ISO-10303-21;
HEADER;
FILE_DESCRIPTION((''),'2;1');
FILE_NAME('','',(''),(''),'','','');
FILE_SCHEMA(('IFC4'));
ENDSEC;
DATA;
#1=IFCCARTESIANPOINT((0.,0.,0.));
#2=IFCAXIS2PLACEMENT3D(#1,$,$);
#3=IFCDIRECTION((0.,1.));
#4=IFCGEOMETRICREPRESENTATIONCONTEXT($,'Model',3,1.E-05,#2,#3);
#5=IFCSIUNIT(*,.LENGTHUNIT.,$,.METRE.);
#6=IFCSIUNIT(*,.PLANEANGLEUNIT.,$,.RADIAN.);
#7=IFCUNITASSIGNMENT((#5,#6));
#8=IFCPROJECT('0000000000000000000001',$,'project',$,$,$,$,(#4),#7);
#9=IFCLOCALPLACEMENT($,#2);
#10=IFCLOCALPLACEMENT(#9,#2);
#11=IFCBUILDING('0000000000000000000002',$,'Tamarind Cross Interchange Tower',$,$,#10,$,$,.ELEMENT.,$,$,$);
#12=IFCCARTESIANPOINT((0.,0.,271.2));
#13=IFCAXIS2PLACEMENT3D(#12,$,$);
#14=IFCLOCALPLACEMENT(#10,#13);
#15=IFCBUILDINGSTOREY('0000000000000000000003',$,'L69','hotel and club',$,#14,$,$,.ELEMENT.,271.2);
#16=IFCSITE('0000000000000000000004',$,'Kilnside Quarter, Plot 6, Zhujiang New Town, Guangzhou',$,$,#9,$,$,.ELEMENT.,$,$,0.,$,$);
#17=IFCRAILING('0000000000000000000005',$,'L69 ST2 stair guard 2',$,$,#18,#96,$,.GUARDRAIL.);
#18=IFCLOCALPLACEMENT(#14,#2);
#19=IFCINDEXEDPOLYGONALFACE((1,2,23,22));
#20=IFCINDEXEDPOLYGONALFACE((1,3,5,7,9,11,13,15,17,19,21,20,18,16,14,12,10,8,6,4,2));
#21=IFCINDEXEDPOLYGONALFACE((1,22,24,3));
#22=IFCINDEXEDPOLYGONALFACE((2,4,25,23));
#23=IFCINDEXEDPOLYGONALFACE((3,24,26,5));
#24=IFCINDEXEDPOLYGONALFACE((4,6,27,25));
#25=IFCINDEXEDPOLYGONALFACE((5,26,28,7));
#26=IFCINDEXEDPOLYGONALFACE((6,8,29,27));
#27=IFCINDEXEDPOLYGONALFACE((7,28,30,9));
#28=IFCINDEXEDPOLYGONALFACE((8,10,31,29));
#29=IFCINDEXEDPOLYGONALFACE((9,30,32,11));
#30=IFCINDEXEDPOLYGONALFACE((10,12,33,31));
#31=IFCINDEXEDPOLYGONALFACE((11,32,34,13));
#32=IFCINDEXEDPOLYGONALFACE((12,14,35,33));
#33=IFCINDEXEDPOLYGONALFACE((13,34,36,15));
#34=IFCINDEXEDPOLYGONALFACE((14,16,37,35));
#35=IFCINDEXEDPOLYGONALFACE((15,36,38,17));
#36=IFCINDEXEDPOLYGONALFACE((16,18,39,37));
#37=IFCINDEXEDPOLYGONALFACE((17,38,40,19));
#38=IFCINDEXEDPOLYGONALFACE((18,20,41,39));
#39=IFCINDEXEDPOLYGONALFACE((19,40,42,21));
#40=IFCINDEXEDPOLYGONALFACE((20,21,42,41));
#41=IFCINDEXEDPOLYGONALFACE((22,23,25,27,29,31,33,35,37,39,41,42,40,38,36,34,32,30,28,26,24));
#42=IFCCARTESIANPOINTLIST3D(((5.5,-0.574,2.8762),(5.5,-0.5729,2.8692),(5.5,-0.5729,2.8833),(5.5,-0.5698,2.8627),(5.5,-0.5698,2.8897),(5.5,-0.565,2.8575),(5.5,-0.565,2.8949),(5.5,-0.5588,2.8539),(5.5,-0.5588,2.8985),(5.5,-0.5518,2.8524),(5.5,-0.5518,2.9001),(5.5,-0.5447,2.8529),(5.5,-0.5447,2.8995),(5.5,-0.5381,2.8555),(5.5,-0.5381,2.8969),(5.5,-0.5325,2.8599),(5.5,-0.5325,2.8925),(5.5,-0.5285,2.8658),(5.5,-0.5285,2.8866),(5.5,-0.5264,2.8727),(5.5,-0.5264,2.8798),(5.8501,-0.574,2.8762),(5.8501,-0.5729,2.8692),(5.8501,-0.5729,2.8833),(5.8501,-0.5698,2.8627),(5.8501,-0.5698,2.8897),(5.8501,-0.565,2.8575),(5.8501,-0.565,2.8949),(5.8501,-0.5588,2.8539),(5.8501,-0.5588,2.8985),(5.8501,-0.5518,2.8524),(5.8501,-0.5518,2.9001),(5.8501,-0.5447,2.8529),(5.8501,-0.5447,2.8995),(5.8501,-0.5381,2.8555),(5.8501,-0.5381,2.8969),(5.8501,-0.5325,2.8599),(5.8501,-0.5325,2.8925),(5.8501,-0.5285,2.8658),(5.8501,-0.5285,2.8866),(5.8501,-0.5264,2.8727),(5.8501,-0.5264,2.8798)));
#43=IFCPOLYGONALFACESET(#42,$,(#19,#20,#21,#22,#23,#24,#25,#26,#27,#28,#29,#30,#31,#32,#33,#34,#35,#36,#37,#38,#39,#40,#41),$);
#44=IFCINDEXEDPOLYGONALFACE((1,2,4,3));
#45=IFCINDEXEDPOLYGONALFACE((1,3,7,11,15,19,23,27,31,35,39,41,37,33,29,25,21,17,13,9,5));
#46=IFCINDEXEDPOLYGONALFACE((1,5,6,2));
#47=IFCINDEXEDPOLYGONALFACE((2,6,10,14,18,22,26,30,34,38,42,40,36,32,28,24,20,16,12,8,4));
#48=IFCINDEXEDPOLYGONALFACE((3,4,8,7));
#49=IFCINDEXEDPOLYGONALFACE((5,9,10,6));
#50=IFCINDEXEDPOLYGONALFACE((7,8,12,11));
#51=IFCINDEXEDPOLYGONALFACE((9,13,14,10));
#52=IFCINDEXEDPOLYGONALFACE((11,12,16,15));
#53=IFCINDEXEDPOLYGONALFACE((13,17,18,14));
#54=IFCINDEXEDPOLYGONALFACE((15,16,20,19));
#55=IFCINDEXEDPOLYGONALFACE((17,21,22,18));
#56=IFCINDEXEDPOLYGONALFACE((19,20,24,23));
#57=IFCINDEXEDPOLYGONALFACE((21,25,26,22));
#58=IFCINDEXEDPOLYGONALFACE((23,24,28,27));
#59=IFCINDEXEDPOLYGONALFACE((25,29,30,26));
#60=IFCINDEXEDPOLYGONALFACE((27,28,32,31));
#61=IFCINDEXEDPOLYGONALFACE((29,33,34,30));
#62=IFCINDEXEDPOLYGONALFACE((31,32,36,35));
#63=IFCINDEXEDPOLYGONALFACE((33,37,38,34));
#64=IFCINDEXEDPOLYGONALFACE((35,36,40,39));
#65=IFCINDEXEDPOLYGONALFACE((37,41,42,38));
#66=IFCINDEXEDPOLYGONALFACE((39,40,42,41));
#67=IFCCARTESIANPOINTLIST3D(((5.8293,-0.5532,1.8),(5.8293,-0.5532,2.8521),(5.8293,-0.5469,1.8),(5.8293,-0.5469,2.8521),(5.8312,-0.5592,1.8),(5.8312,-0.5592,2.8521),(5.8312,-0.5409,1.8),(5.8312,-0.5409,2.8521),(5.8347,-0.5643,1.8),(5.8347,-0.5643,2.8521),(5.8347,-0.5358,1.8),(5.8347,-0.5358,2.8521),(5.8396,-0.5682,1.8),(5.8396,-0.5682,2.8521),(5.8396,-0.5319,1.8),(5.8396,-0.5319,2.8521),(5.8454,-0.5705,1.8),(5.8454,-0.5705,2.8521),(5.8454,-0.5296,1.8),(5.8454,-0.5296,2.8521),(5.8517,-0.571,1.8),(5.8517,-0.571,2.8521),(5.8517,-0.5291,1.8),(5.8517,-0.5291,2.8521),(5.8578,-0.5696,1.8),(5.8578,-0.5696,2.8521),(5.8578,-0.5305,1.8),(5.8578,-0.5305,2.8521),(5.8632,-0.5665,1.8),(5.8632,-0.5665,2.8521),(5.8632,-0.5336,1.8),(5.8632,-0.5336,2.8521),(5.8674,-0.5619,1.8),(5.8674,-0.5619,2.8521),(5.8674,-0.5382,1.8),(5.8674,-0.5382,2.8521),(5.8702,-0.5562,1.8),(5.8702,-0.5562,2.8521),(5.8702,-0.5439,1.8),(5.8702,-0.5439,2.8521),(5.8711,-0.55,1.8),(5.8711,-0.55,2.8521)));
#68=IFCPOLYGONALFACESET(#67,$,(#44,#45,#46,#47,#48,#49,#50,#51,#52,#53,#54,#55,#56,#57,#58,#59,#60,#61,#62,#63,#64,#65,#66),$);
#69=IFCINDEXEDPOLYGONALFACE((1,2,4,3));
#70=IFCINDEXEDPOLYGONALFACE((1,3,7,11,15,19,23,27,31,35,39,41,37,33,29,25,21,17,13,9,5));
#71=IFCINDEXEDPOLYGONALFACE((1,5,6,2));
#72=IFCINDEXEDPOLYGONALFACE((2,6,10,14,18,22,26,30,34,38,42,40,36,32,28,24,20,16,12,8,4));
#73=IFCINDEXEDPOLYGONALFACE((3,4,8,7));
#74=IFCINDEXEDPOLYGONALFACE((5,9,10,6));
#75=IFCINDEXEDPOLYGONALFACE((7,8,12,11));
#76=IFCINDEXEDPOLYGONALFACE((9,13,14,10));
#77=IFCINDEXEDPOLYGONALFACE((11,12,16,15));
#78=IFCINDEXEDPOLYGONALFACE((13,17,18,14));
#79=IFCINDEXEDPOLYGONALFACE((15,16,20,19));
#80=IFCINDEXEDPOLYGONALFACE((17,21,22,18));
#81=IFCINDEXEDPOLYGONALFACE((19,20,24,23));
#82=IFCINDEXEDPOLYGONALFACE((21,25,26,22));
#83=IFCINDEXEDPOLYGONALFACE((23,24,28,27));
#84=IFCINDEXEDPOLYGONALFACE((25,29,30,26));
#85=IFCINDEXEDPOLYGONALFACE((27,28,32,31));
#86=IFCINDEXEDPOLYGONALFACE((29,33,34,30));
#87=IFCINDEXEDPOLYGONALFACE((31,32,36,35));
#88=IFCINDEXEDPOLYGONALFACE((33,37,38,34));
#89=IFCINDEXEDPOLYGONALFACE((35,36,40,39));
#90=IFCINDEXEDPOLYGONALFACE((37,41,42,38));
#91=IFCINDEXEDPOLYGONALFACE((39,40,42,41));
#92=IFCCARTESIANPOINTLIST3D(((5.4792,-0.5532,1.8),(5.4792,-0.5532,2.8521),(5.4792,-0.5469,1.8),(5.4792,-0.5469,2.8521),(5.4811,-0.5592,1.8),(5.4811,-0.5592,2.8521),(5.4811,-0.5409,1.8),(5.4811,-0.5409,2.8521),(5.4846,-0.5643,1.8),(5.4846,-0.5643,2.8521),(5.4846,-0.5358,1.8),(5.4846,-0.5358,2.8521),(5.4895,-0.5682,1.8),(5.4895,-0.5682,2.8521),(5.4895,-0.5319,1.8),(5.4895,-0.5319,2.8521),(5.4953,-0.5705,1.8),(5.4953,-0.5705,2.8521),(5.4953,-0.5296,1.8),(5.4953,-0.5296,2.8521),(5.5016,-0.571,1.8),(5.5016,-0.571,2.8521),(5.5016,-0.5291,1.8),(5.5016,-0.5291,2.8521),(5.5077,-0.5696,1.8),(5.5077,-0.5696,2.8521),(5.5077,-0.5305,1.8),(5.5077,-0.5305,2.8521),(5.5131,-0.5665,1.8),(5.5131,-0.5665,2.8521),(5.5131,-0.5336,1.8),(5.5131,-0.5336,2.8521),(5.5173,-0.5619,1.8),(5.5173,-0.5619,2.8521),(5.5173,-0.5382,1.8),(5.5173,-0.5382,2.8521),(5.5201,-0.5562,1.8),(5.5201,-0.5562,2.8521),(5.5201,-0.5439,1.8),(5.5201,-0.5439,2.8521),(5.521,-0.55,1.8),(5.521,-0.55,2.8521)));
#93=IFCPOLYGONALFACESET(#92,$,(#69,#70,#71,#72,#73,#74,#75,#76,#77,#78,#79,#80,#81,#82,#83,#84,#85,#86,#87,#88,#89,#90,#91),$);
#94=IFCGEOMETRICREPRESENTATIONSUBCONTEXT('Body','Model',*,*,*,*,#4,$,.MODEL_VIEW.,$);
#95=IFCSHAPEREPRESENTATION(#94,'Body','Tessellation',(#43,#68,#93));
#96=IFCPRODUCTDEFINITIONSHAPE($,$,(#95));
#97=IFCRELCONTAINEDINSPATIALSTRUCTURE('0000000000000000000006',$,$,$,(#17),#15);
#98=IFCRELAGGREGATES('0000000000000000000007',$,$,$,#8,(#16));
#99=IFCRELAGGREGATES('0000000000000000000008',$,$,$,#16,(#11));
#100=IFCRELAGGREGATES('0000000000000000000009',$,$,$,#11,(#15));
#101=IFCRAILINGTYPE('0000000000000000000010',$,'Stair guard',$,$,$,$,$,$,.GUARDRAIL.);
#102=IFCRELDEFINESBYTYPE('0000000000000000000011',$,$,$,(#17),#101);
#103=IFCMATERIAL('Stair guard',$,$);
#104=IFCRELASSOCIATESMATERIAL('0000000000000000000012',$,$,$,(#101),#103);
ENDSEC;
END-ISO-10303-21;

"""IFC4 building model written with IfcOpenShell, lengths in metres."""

from ifc_helpers import new_model, si_unit, direction, frame, origin, origin_2d, place, context, subcontext, project, spatial, circle, extrude, material, type_object, element, save


model = new_model("IFC4")

# Units and contexts
model_context = context("Model", 3, precision=1e-05, world=origin(), true_north=direction((0.0, 1.0)))
body_context = subcontext(model_context, "Body", "Model", "MODEL_VIEW")
ifc_project = project(units=[si_unit("LENGTHUNIT", "METRE"), si_unit("PLANEANGLEUNIT", "RADIAN")], contexts=[model_context])

# Site, building, storey
site_placement = place(None, origin())
site = spatial("IfcSite", under=ifc_project, at=site_placement, Name="Kilnside Quarter, Plot 6, Zhujiang New Town, Guangzhou", CompositionType="ELEMENT", RefElevation=0.0)
building_placement = place(site_placement, origin())
building = spatial("IfcBuilding", under=site, at=building_placement, Name="Tamarind Cross Interchange Tower", CompositionType="ELEMENT")
storey_placement = place(building_placement, frame((0.0, 0.0, 271.2)))
storey = spatial("IfcBuildingStorey", under=building, at=storey_placement, Name="L69", Description="hotel and club", CompositionType="ELEMENT", Elevation=271.2)

# Railing
ifc_material_1 = material(Name="Stair guard")
railing_type_1 = type_object("IfcRailingType", Name="Stair guard", PredefinedType="GUARDRAIL", material=ifc_material_1)
railing_1_placement = place(storey_placement, frame((5.8501, -0.55, 1.8)))
element("IfcRailing", 1, at=railing_1_placement, inside=storey, type_object=railing_type_1, Name="L69 ST2 stair guard 2", PredefinedType="GUARDRAIL", context=body_context, shape_type="SweptSolid", body=[
    extrude(circle(Radius=0.0239, at=origin_2d()), frame((0.0, 0.0, 1.0762), z_axis=(-1.0, 0.0, 0.0), x_axis=(0.0, -1.0, 0.0)), (0.0, 0.0, 1.0), 0.3501),
    extrude(circle(Radius=0.021, at=origin_2d()), origin(), (0.0, 0.0, 1.0), 1.052),
    extrude(circle(Radius=0.021, at=origin_2d()), frame((-0.3501, 0.0, 0.0)), (0.0, 0.0, 1.0), 1.052),
])

save(model, "model.ifc")
